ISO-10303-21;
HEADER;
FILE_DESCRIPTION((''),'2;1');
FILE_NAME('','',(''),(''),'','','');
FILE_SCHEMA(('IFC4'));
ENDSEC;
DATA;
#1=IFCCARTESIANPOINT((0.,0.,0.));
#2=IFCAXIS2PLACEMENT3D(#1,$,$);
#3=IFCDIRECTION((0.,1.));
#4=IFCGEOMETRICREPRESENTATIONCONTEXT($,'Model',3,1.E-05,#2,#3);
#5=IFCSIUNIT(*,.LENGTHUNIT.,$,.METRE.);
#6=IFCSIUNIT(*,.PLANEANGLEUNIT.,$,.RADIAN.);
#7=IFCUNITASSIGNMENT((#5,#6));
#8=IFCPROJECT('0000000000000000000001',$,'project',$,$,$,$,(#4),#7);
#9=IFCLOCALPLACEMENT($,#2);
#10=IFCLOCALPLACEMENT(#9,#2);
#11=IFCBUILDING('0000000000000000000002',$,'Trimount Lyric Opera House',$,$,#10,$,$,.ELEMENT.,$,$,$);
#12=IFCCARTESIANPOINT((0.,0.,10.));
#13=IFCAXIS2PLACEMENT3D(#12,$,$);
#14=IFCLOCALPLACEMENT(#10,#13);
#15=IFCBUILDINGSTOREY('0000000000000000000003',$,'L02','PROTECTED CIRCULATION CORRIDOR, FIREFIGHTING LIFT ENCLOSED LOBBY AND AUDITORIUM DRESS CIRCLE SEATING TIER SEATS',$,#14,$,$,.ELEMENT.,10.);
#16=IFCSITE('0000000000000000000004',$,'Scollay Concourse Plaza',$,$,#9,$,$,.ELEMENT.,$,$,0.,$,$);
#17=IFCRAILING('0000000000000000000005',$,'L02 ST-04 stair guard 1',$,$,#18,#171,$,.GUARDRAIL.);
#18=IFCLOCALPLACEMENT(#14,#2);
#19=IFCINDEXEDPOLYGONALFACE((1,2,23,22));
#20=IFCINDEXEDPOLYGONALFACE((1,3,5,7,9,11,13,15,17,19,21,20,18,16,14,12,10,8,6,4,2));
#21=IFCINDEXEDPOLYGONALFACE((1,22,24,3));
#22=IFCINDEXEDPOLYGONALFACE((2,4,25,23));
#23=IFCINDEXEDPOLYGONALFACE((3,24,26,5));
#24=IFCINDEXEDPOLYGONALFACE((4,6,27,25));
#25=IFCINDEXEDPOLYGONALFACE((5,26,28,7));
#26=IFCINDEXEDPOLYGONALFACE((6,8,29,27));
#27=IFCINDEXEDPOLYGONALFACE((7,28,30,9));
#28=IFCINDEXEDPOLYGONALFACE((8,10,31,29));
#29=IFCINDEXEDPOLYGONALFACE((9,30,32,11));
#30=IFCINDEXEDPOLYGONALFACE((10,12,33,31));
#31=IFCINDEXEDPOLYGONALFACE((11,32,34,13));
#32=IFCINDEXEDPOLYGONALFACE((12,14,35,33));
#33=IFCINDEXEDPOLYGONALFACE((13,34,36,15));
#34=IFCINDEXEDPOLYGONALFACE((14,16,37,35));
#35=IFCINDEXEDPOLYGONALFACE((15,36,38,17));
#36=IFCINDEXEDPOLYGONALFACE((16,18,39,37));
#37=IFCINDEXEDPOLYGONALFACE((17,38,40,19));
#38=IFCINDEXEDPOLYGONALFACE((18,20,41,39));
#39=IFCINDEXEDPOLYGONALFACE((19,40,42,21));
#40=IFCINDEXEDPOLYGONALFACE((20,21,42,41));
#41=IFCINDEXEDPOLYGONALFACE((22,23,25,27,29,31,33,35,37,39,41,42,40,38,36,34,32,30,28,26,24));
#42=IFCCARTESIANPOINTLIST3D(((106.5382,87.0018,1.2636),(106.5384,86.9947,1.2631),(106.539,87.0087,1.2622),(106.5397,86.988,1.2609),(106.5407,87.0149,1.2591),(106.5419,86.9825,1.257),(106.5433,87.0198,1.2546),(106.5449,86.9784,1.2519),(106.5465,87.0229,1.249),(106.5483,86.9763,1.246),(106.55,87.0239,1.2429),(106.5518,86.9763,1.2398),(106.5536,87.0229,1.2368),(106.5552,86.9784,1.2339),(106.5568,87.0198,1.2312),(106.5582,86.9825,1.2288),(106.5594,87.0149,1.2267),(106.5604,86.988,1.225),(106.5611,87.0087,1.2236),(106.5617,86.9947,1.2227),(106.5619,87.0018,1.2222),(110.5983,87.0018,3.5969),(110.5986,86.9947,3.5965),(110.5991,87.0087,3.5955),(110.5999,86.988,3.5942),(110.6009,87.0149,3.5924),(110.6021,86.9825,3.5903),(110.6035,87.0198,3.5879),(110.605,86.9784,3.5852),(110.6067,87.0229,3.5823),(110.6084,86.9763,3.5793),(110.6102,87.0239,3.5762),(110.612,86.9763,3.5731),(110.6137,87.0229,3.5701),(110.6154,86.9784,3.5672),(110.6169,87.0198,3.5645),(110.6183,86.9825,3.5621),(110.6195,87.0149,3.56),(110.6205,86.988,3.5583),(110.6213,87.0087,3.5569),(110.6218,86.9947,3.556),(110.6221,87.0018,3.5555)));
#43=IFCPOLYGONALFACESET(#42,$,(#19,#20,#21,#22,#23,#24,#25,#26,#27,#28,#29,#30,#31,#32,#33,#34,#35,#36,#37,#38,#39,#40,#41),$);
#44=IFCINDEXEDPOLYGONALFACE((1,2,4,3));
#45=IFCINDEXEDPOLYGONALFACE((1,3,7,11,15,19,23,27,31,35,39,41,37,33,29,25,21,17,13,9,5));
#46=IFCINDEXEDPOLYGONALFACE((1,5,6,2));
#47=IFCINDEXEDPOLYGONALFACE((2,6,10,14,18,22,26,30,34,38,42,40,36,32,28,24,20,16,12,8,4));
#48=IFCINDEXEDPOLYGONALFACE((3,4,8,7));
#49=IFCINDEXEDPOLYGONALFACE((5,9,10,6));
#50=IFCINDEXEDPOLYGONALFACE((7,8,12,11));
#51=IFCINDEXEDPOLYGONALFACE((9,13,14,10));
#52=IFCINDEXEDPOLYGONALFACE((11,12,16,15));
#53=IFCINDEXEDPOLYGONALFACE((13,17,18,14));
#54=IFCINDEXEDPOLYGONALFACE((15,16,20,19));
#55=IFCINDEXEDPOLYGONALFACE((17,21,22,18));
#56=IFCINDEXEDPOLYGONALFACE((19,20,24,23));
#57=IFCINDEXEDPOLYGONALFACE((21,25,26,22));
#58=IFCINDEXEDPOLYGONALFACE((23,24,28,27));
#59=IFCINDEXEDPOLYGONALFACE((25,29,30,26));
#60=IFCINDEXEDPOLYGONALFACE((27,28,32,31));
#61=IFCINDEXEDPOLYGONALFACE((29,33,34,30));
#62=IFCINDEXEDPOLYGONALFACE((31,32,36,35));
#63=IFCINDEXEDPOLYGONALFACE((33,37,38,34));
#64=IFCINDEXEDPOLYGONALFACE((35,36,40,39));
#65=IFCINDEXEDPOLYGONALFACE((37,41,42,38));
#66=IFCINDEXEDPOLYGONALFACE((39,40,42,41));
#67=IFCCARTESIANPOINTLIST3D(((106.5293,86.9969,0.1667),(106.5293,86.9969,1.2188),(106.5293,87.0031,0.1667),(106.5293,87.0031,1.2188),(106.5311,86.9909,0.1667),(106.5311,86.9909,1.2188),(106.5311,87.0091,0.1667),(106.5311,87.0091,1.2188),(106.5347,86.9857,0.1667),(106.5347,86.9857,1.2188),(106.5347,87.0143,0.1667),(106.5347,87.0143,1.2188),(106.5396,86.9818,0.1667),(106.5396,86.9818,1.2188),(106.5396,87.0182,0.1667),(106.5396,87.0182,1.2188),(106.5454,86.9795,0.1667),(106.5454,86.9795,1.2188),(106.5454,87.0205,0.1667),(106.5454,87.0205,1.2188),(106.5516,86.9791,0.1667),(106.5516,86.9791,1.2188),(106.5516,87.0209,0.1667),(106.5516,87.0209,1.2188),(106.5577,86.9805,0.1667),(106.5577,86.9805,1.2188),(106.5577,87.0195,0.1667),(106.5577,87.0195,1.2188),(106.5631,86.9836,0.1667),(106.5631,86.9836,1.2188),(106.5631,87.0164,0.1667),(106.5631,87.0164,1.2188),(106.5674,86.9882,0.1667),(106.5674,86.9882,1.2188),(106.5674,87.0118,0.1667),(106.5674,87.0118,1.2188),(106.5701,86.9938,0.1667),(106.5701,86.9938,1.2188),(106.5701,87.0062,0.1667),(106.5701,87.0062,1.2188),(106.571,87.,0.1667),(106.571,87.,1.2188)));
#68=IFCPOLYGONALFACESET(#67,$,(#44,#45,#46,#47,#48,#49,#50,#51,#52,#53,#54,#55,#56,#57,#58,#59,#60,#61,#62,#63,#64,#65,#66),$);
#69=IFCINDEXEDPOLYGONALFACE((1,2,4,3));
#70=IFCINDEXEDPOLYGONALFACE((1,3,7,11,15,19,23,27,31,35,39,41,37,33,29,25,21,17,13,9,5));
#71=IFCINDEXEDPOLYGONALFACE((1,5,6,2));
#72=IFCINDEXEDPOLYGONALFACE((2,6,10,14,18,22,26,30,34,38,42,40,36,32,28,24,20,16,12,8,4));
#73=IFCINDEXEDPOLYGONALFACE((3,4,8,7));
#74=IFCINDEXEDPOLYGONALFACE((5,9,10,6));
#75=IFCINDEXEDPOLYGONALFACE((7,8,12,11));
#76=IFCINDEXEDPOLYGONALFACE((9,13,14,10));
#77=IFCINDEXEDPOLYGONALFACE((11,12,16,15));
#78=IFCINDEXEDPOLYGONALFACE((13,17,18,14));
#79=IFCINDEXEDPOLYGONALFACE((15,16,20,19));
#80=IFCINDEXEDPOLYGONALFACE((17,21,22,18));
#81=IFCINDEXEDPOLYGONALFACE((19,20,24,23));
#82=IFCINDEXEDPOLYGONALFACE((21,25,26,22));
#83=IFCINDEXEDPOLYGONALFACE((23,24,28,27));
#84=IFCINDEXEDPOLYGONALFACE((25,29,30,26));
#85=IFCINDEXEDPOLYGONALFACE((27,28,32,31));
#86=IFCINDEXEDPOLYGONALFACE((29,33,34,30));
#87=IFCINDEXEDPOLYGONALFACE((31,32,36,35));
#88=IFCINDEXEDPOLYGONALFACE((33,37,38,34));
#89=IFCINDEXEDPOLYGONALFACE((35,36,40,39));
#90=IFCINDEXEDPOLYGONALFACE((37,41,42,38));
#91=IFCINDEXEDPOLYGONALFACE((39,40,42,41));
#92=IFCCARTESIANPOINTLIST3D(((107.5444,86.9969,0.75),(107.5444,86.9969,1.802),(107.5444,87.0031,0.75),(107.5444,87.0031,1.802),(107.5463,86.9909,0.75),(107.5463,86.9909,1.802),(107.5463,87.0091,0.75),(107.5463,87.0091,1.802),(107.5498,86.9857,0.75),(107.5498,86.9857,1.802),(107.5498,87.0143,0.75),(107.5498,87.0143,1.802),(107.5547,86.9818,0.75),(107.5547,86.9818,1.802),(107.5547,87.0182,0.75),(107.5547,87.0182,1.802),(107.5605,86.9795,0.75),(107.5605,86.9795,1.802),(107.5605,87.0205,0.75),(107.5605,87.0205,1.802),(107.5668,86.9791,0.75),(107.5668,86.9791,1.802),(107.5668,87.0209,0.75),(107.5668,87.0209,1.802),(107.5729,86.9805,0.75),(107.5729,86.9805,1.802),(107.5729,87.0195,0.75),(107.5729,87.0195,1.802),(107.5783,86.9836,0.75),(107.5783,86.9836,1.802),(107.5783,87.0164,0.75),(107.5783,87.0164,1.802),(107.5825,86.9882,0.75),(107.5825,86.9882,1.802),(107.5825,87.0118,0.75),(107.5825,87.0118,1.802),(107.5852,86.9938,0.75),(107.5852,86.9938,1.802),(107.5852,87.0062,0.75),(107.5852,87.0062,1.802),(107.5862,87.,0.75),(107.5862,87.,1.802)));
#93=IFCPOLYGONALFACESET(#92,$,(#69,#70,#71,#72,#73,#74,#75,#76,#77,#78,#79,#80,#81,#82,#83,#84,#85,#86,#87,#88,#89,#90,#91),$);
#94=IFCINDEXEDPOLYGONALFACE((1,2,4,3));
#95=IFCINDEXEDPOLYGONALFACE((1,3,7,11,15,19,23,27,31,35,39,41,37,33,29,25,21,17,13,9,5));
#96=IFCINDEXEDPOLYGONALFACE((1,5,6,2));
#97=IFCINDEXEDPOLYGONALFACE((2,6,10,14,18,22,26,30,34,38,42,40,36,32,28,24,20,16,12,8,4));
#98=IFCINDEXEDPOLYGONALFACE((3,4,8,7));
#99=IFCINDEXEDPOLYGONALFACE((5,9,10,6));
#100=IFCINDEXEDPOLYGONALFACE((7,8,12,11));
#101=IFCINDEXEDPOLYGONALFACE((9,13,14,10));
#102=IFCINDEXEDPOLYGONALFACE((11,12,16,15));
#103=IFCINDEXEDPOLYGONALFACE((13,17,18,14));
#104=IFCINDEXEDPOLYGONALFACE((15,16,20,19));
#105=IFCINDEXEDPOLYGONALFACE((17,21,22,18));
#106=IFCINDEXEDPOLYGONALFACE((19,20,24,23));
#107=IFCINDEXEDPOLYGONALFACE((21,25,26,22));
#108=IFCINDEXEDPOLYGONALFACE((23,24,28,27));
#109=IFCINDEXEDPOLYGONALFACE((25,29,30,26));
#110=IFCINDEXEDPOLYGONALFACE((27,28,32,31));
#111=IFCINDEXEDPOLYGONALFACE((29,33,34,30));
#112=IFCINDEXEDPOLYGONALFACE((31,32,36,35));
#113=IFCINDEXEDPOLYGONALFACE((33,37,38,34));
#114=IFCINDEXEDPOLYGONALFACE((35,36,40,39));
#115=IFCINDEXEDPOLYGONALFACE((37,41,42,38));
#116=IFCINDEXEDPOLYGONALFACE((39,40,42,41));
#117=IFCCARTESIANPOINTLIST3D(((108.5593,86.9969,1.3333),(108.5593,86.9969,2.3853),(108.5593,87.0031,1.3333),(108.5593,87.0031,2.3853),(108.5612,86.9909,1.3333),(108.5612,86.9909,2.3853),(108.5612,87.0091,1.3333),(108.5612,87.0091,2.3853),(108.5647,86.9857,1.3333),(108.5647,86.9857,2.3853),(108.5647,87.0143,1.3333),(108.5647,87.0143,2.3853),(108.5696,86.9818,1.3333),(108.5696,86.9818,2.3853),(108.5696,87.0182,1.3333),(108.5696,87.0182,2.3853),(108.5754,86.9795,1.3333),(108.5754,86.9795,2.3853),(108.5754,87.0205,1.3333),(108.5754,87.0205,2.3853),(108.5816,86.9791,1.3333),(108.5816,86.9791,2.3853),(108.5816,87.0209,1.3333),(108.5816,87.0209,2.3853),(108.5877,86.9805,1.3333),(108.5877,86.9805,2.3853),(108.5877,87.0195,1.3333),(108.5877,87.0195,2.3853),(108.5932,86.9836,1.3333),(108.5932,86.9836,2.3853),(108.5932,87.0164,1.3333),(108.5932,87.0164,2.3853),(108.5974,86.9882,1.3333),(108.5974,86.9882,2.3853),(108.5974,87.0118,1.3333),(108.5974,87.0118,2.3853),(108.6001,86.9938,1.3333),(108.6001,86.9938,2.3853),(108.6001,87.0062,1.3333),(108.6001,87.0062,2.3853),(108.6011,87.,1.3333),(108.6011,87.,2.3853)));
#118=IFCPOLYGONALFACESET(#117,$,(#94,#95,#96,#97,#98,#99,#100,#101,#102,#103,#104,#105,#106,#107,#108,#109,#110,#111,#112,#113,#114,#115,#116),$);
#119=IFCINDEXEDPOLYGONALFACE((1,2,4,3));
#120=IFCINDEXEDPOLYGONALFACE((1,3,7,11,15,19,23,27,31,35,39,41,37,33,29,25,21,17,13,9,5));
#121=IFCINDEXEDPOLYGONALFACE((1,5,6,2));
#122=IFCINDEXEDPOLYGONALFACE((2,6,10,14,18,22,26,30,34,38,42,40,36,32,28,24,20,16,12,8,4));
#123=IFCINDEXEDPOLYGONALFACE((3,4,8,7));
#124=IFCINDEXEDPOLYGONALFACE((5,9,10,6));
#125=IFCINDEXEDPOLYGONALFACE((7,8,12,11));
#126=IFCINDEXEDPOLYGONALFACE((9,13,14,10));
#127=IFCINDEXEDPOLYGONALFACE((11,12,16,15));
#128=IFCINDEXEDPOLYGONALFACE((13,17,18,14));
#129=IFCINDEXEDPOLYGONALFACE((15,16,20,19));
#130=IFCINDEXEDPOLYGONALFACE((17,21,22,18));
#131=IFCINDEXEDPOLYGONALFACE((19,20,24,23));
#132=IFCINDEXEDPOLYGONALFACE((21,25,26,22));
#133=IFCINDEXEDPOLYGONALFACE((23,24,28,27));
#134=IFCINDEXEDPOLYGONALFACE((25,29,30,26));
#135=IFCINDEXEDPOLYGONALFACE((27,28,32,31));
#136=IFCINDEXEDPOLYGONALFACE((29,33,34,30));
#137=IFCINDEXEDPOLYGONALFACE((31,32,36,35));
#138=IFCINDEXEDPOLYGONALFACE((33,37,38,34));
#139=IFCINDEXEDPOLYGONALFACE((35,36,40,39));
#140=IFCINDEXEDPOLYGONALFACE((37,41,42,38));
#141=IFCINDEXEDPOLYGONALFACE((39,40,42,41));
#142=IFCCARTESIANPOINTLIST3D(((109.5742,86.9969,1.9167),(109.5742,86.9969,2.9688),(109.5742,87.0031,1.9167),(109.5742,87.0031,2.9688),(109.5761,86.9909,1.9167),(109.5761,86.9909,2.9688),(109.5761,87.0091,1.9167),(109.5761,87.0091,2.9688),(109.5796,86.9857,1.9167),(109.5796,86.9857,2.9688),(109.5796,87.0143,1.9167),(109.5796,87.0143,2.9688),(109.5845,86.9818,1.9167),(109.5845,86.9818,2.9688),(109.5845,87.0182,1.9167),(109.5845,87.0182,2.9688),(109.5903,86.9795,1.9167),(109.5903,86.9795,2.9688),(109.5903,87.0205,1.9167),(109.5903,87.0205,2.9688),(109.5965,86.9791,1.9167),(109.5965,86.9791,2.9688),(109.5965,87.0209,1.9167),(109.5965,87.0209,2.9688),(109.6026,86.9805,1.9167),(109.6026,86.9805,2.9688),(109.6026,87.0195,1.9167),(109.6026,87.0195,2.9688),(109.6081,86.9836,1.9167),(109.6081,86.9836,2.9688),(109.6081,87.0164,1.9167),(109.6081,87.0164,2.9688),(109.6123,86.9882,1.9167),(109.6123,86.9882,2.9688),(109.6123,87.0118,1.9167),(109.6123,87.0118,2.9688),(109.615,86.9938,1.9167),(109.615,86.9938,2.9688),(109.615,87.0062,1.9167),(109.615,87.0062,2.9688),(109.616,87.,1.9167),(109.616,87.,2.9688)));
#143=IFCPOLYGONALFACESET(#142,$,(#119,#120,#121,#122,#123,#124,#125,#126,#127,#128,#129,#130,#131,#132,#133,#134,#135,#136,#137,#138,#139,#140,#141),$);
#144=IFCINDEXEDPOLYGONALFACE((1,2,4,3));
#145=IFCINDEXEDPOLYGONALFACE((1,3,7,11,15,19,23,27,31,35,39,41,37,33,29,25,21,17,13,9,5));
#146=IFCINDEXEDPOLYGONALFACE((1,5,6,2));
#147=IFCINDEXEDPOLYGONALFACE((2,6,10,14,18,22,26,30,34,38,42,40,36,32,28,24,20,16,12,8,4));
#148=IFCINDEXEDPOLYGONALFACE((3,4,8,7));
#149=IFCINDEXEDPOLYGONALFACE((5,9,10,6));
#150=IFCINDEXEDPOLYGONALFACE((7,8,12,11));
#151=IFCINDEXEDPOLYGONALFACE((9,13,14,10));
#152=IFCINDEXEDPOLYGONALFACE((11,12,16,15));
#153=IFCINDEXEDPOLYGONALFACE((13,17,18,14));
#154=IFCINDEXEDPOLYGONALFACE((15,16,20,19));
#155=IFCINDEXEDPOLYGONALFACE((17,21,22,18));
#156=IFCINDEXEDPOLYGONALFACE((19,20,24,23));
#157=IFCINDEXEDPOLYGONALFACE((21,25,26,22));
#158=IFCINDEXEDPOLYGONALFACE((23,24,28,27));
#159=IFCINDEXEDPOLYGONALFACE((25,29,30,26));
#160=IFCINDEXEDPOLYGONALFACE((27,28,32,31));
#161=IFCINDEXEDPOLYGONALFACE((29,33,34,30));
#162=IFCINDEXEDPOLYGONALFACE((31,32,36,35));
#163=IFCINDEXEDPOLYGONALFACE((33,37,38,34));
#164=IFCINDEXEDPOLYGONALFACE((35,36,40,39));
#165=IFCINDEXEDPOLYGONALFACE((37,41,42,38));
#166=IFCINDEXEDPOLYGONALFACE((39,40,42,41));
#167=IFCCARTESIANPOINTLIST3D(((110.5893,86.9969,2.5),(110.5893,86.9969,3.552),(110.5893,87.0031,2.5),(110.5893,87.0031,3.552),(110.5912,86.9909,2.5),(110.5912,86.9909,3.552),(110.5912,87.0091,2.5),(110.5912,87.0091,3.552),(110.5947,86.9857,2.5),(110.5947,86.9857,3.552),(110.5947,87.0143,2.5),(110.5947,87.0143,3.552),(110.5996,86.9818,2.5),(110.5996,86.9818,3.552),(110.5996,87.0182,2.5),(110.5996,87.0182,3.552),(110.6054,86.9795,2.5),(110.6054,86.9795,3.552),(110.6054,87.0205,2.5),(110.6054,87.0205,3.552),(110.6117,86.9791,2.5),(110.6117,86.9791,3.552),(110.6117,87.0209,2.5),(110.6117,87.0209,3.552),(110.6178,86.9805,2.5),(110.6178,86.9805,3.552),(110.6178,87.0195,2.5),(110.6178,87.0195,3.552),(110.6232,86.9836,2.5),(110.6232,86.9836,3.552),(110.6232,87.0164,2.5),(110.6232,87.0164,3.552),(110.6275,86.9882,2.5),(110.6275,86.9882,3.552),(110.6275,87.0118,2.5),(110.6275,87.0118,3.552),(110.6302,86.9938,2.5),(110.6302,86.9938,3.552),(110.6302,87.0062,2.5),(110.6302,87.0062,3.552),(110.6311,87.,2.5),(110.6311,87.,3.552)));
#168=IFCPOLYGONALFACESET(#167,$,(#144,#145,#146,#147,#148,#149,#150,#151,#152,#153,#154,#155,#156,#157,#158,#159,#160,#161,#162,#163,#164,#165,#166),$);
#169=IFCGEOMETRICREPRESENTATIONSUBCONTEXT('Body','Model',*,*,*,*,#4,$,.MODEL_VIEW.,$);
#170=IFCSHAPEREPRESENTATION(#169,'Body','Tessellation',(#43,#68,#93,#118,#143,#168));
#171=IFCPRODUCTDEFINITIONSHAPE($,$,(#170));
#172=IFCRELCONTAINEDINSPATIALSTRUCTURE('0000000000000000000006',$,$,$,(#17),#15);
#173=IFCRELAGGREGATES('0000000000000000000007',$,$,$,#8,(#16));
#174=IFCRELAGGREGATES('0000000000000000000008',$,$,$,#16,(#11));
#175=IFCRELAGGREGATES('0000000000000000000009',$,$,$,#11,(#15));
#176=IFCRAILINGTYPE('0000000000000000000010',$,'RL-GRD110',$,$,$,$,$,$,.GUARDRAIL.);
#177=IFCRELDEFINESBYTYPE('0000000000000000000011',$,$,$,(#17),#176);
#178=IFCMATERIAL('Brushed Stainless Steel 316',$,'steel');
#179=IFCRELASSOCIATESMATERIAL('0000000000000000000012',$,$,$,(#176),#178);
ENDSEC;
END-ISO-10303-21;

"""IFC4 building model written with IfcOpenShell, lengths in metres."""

from ifc_helpers import new_model, si_unit, direction, frame, origin, origin_2d, place, context, subcontext, project, spatial, circle, extrude, material, type_object, element, save


model = new_model("IFC4")

# Units and contexts
model_context = context("Model", 3, precision=1e-05, world=origin(), true_north=direction((0.0, 1.0)))
body_context = subcontext(model_context, "Body", "Model", "MODEL_VIEW")
ifc_project = project(units=[si_unit("LENGTHUNIT", "METRE"), si_unit("PLANEANGLEUNIT", "RADIAN")], contexts=[model_context])

# Site, building, storey
site_placement = place(None, origin())
site = spatial("IfcSite", under=ifc_project, at=site_placement, Name="Scollay Concourse Plaza", CompositionType="ELEMENT", RefElevation=0.0)
building_placement = place(site_placement, origin())
building = spatial("IfcBuilding", under=site, at=building_placement, Name="Trimount Lyric Opera House", CompositionType="ELEMENT")
storey_placement = place(building_placement, frame((0.0, 0.0, 10.0)))
storey = spatial("IfcBuildingStorey", under=building, at=storey_placement, Name="L02", Description="PROTECTED CIRCULATION CORRIDOR, FIREFIGHTING LIFT ENCLOSED LOBBY AND AUDITORIUM DRESS CIRCLE SEATING TIER SEATS", CompositionType="ELEMENT", Elevation=10.0)

# Railing
ifc_material_1 = material(Name="Brushed Stainless Steel 316", Category="steel")
railing_type_1 = type_object("IfcRailingType", Name="RL-GRD110", PredefinedType="GUARDRAIL", material=ifc_material_1)
railing_1_placement = place(storey_placement, frame((106.55, 87.0, 0.1667)))
element("IfcRailing", 1, at=railing_1_placement, inside=storey, type_object=railing_type_1, Name="L02 ST-04 stair guard 1", PredefinedType="GUARDRAIL", context=body_context, shape_type="SweptSolid", body=[
    extrude(circle(Radius=0.0239, at=origin_2d()), frame((0.0, 0.0, 1.0762), z_axis=(0.867025, 0.0, 0.498265), x_axis=(0.0, 1.0, 0.0)), (0.0, 0.0, 1.0), 4.6829),
    extrude(circle(Radius=0.021, at=origin_2d()), origin(), (0.0, 0.0, 1.0), 1.052),
    extrude(circle(Radius=0.021, at=origin_2d()), frame((1.0151, 0.0, 0.5833)), (0.0, 0.0, 1.0), 1.052),
    extrude(circle(Radius=0.021, at=origin_2d()), frame((2.03, 0.0, 1.1665)), (0.0, 0.0, 1.0), 1.052),
    extrude(circle(Radius=0.021, at=origin_2d()), frame((3.0449, 0.0, 1.75)), (0.0, 0.0, 1.0), 1.052),
    extrude(circle(Radius=0.021, at=origin_2d()), frame((4.0601, 0.0, 2.3333)), (0.0, 0.0, 1.0), 1.052),
])

save(model, "model.ifc")
